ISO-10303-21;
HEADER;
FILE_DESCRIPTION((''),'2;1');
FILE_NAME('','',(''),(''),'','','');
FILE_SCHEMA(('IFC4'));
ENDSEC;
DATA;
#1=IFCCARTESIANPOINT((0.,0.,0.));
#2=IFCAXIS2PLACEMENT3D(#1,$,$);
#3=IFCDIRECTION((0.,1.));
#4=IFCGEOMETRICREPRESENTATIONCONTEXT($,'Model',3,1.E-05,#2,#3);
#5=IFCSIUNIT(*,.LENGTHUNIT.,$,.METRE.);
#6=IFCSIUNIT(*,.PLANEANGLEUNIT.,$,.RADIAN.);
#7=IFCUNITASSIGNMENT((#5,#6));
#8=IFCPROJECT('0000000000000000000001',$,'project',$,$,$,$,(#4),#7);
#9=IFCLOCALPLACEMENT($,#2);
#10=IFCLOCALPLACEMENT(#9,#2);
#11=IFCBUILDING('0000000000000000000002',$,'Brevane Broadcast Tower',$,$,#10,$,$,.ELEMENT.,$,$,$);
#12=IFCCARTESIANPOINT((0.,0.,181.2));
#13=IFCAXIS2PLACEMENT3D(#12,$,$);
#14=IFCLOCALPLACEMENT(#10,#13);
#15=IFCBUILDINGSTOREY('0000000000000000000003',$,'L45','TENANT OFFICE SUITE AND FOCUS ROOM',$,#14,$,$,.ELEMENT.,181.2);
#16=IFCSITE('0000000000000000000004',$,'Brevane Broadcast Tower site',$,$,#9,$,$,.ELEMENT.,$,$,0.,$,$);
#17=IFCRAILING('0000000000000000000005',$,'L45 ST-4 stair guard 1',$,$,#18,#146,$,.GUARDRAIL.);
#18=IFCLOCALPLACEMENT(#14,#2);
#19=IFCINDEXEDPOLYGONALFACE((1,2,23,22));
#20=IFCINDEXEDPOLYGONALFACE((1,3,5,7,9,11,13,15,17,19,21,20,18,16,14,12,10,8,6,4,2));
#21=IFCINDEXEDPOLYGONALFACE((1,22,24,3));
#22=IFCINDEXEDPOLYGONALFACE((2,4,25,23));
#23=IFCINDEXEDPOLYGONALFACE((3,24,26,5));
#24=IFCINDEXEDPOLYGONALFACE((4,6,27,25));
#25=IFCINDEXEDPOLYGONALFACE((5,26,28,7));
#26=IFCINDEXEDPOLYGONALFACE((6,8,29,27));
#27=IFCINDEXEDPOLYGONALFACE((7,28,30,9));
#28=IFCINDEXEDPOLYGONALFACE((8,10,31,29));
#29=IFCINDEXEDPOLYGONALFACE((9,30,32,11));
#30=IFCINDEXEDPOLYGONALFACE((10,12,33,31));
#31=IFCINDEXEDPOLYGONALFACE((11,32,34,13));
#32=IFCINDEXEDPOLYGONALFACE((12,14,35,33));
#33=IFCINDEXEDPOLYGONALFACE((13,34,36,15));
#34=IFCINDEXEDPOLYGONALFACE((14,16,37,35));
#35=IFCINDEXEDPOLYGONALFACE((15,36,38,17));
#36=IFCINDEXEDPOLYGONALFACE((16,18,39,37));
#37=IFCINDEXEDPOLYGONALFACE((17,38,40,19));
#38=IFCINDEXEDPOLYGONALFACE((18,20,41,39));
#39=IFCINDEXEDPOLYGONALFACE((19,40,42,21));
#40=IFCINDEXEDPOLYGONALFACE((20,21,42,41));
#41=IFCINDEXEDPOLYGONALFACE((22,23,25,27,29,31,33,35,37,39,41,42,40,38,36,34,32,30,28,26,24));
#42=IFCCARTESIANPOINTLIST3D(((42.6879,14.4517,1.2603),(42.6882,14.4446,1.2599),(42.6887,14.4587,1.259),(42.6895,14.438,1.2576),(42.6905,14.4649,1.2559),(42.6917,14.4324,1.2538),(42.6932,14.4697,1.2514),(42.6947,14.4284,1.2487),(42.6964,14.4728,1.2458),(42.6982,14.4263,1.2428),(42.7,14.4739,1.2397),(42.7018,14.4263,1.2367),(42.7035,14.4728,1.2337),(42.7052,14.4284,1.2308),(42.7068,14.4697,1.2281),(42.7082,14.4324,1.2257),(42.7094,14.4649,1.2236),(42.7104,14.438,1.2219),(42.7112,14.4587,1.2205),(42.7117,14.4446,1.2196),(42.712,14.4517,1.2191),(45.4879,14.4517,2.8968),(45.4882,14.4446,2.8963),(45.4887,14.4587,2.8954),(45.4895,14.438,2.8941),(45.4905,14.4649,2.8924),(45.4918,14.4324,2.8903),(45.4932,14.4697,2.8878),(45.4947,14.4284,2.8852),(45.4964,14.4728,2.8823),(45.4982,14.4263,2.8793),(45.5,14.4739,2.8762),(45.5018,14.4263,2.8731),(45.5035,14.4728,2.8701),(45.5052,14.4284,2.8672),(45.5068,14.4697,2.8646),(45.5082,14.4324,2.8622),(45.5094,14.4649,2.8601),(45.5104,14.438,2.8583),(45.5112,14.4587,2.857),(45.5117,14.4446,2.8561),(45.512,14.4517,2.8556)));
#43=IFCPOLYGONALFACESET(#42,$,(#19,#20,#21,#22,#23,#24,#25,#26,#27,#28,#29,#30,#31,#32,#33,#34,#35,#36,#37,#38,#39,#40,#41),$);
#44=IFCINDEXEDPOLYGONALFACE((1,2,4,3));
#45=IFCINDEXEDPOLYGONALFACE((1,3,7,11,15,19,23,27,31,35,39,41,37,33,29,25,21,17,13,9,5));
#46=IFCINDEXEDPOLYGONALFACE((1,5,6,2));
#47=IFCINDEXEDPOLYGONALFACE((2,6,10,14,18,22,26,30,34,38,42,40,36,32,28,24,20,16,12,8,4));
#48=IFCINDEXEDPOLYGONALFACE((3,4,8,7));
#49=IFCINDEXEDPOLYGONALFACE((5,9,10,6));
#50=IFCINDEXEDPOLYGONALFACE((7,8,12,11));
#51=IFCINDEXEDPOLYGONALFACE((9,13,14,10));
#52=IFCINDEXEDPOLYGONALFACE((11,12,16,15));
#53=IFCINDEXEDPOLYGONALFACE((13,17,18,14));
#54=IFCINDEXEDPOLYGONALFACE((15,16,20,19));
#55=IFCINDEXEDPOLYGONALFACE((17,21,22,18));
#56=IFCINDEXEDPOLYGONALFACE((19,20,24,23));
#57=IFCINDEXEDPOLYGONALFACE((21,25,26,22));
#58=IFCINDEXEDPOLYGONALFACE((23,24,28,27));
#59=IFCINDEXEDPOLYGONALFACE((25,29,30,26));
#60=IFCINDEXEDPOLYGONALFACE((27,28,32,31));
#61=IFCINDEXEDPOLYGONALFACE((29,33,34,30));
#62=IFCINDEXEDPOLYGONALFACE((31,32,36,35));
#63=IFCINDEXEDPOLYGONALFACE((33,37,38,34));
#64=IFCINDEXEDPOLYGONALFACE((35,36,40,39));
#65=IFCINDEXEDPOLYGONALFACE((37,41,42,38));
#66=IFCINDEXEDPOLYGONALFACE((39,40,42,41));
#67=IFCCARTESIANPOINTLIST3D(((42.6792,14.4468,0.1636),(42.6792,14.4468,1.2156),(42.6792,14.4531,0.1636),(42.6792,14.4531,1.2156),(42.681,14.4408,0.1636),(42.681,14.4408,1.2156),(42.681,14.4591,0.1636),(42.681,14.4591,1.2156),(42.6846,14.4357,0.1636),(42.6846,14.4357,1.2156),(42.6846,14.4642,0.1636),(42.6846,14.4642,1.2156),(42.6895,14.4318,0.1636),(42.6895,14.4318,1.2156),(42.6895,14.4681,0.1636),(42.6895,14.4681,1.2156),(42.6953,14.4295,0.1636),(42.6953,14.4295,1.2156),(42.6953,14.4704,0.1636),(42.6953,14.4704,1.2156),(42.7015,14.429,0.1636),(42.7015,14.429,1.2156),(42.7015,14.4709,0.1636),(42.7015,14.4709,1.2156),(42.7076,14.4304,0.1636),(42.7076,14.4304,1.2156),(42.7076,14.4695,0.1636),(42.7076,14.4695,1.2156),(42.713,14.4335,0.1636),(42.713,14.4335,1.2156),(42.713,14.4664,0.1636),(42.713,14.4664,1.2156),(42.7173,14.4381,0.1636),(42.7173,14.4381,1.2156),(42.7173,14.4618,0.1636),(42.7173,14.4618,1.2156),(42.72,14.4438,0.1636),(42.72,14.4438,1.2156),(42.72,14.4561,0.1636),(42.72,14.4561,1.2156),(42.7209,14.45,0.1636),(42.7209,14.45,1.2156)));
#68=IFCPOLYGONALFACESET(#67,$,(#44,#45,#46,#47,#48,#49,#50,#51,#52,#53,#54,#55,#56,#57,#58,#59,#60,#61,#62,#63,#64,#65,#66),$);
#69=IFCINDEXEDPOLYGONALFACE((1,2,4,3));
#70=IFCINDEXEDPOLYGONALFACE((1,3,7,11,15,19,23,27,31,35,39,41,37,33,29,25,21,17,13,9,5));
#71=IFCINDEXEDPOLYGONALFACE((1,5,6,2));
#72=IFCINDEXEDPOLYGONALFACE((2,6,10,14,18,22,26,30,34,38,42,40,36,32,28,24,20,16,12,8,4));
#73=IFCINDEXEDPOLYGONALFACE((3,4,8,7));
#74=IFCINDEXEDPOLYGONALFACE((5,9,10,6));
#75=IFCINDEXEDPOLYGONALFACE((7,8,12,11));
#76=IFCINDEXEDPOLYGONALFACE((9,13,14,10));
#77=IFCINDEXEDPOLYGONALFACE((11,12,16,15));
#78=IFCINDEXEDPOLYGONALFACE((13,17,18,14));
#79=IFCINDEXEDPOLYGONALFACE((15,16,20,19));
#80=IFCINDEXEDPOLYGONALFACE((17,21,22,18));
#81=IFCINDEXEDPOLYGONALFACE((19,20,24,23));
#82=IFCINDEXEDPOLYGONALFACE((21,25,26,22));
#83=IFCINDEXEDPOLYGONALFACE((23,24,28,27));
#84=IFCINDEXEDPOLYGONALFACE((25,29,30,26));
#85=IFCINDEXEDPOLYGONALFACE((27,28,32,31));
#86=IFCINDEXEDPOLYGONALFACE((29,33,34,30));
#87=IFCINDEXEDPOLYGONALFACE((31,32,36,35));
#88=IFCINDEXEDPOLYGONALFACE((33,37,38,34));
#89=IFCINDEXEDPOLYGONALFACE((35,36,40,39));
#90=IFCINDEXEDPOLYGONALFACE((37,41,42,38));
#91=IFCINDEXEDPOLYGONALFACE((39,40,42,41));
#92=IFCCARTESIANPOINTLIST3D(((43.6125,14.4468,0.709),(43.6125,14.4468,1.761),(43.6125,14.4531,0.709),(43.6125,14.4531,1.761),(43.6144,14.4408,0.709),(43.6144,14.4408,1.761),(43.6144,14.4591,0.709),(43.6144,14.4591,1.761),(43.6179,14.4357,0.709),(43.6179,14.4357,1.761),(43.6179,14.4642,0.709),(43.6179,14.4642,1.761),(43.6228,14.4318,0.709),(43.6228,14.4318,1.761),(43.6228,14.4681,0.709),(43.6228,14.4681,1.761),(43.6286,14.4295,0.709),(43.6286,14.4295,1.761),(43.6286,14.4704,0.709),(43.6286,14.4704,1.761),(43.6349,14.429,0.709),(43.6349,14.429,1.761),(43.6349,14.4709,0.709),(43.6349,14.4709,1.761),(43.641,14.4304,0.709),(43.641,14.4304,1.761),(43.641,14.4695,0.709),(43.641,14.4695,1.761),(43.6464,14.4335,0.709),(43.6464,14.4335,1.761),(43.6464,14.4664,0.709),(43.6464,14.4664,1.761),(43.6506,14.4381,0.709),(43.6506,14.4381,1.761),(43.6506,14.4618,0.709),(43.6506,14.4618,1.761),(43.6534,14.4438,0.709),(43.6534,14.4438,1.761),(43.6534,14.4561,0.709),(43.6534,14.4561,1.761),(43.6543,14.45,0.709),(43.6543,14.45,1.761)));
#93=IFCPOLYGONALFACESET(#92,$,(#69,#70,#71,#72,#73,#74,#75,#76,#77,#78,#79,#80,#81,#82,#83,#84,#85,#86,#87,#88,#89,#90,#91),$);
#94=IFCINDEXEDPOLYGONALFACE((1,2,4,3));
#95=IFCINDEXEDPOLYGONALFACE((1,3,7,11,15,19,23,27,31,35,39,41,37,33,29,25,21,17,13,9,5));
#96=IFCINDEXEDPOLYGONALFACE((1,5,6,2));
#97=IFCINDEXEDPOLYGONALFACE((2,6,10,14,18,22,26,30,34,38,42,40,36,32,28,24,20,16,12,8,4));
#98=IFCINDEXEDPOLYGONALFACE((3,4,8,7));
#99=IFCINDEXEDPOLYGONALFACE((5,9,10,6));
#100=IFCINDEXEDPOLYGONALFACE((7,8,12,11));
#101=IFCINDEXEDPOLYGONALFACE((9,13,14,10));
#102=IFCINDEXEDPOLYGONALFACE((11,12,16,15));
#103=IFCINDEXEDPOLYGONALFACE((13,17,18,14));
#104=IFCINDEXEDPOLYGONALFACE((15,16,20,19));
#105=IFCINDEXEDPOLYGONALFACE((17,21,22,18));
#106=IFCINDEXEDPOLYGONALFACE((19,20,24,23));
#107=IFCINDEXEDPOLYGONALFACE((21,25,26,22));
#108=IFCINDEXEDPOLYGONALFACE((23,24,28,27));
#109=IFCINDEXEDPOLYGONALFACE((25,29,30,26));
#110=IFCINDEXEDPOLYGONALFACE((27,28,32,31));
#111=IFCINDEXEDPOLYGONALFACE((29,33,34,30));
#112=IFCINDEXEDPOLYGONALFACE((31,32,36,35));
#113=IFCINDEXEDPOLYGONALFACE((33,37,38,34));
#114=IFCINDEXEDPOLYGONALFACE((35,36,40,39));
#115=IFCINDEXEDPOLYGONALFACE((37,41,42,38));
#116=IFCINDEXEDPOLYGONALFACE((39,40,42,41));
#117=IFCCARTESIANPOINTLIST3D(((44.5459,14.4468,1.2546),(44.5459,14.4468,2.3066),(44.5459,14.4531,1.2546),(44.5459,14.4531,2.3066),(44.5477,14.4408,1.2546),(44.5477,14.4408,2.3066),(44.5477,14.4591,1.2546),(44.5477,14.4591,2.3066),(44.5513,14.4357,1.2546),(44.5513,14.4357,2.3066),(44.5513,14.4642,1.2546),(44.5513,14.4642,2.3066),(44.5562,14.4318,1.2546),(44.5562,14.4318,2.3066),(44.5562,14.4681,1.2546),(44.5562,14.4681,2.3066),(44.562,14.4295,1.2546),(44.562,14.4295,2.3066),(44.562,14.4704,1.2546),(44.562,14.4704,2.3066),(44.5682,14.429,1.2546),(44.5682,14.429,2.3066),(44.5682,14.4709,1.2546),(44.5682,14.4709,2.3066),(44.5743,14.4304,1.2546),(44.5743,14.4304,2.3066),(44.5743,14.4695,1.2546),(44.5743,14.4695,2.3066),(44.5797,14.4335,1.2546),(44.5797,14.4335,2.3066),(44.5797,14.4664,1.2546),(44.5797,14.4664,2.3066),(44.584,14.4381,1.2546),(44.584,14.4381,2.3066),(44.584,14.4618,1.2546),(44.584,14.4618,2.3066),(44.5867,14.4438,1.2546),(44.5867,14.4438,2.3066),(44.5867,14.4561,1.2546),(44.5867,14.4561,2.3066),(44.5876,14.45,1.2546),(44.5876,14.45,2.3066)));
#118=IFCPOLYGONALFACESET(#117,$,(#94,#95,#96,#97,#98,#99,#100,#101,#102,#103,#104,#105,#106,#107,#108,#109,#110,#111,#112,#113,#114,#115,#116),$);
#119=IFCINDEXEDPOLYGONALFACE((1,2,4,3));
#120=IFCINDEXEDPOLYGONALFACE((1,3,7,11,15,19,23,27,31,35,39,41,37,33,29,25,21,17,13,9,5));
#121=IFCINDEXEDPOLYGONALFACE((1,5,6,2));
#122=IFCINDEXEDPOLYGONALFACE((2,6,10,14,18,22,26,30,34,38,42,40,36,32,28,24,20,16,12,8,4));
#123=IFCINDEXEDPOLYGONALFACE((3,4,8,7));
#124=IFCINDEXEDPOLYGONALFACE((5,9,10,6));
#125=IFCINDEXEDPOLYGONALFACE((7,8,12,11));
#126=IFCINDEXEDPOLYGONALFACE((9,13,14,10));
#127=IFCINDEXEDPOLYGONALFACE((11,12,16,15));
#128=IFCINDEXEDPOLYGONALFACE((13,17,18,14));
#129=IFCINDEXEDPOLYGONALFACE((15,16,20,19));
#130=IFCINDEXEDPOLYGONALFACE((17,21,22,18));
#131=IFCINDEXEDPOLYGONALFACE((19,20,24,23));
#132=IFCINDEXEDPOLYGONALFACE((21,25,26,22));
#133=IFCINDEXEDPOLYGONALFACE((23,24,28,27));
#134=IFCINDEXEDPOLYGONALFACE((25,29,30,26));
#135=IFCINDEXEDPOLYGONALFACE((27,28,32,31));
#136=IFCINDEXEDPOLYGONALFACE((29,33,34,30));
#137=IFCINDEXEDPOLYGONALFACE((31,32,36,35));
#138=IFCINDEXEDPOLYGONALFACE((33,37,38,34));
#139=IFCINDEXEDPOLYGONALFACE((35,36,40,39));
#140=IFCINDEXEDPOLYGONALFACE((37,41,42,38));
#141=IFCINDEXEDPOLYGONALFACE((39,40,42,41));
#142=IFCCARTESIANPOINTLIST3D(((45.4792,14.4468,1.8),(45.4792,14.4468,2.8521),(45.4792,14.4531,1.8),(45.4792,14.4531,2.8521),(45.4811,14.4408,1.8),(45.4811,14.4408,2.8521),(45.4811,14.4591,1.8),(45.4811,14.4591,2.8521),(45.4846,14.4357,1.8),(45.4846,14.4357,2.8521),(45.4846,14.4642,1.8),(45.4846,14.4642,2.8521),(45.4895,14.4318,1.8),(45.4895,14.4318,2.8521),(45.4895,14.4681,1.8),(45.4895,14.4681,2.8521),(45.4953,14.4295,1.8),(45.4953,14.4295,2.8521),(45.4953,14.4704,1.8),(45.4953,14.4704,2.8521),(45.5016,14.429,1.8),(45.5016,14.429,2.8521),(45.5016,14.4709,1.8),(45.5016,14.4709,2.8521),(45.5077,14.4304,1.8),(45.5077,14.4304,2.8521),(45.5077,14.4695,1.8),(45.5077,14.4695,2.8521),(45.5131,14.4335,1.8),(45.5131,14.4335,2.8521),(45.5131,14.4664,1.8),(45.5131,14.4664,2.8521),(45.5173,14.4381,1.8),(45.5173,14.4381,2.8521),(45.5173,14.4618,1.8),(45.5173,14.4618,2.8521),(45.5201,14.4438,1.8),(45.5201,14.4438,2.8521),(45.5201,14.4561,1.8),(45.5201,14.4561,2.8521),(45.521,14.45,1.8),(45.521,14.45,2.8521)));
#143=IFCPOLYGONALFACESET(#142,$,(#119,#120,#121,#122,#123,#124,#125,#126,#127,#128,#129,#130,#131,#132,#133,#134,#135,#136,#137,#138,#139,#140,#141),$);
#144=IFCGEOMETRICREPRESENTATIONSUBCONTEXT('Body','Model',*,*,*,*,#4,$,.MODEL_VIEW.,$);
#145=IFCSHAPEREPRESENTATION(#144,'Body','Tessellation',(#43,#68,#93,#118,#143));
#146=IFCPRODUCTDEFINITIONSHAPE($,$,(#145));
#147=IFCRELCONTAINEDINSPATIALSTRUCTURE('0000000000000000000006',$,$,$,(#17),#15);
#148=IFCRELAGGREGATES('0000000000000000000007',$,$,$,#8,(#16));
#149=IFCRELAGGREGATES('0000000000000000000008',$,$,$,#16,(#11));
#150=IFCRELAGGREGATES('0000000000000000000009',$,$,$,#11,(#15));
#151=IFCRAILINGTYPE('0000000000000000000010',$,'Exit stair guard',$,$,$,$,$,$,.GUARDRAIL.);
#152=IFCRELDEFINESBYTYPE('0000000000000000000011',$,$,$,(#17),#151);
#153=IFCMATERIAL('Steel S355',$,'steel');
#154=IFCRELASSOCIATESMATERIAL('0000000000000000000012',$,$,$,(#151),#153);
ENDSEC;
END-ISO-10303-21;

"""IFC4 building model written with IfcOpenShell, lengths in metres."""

from ifc_helpers import new_model, si_unit, direction, frame, origin, origin_2d, place, context, subcontext, project, spatial, circle, extrude, material, type_object, element, save


model = new_model("IFC4")

# Units and contexts
model_context = context("Model", 3, precision=1e-05, world=origin(), true_north=direction((0.0, 1.0)))
body_context = subcontext(model_context, "Body", "Model", "MODEL_VIEW")
ifc_project = project(units=[si_unit("LENGTHUNIT", "METRE"), si_unit("PLANEANGLEUNIT", "RADIAN")], contexts=[model_context])

# Site, building, storey
site_placement = place(None, origin())
site = spatial("IfcSite", under=ifc_project, at=site_placement, Name="Brevane Broadcast Tower site", CompositionType="ELEMENT", RefElevation=0.0)
building_placement = place(site_placement, origin())
building = spatial("IfcBuilding", under=site, at=building_placement, Name="Brevane Broadcast Tower", CompositionType="ELEMENT")
storey_placement = place(building_placement, frame((0.0, 0.0, 181.2)))
storey = spatial("IfcBuildingStorey", under=building, at=storey_placement, Name="L45", Description="TENANT OFFICE SUITE AND FOCUS ROOM", CompositionType="ELEMENT", Elevation=181.2)

# Railing
ifc_material_1 = material(Name="Steel S355", Category="steel")
railing_type_1 = type_object("IfcRailingType", Name="Exit stair guard", PredefinedType="GUARDRAIL", material=ifc_material_1)
railing_1_placement = place(storey_placement, frame((42.7, 14.45, 0.1636)))
element("IfcRailing", 1, at=railing_1_placement, inside=storey, type_object=railing_type_1, Name="L45 ST-4 stair guard 1", PredefinedType="GUARDRAIL", context=body_context, shape_type="SweptSolid", body=[
    extrude(circle(Radius=0.0239, at=origin_2d()), frame((0.0, 0.0, 1.0762), z_axis=(0.863361, 0.0, 0.504587), x_axis=(0.0, 1.0, 0.0)), (0.0, 0.0, 1.0), 3.2432),
    extrude(circle(Radius=0.021, at=origin_2d()), origin(), (0.0, 0.0, 1.0), 1.052),
    extrude(circle(Radius=0.021, at=origin_2d()), frame((0.9333, 0.0, 0.5454)), (0.0, 0.0, 1.0), 1.052),
    extrude(circle(Radius=0.021, at=origin_2d()), frame((1.8667, 0.0, 1.0911)), (0.0, 0.0, 1.0), 1.052),
    extrude(circle(Radius=0.021, at=origin_2d()), frame((2.8, 0.0, 1.6365)), (0.0, 0.0, 1.0), 1.052),
])

save(model, "model.ifc")
